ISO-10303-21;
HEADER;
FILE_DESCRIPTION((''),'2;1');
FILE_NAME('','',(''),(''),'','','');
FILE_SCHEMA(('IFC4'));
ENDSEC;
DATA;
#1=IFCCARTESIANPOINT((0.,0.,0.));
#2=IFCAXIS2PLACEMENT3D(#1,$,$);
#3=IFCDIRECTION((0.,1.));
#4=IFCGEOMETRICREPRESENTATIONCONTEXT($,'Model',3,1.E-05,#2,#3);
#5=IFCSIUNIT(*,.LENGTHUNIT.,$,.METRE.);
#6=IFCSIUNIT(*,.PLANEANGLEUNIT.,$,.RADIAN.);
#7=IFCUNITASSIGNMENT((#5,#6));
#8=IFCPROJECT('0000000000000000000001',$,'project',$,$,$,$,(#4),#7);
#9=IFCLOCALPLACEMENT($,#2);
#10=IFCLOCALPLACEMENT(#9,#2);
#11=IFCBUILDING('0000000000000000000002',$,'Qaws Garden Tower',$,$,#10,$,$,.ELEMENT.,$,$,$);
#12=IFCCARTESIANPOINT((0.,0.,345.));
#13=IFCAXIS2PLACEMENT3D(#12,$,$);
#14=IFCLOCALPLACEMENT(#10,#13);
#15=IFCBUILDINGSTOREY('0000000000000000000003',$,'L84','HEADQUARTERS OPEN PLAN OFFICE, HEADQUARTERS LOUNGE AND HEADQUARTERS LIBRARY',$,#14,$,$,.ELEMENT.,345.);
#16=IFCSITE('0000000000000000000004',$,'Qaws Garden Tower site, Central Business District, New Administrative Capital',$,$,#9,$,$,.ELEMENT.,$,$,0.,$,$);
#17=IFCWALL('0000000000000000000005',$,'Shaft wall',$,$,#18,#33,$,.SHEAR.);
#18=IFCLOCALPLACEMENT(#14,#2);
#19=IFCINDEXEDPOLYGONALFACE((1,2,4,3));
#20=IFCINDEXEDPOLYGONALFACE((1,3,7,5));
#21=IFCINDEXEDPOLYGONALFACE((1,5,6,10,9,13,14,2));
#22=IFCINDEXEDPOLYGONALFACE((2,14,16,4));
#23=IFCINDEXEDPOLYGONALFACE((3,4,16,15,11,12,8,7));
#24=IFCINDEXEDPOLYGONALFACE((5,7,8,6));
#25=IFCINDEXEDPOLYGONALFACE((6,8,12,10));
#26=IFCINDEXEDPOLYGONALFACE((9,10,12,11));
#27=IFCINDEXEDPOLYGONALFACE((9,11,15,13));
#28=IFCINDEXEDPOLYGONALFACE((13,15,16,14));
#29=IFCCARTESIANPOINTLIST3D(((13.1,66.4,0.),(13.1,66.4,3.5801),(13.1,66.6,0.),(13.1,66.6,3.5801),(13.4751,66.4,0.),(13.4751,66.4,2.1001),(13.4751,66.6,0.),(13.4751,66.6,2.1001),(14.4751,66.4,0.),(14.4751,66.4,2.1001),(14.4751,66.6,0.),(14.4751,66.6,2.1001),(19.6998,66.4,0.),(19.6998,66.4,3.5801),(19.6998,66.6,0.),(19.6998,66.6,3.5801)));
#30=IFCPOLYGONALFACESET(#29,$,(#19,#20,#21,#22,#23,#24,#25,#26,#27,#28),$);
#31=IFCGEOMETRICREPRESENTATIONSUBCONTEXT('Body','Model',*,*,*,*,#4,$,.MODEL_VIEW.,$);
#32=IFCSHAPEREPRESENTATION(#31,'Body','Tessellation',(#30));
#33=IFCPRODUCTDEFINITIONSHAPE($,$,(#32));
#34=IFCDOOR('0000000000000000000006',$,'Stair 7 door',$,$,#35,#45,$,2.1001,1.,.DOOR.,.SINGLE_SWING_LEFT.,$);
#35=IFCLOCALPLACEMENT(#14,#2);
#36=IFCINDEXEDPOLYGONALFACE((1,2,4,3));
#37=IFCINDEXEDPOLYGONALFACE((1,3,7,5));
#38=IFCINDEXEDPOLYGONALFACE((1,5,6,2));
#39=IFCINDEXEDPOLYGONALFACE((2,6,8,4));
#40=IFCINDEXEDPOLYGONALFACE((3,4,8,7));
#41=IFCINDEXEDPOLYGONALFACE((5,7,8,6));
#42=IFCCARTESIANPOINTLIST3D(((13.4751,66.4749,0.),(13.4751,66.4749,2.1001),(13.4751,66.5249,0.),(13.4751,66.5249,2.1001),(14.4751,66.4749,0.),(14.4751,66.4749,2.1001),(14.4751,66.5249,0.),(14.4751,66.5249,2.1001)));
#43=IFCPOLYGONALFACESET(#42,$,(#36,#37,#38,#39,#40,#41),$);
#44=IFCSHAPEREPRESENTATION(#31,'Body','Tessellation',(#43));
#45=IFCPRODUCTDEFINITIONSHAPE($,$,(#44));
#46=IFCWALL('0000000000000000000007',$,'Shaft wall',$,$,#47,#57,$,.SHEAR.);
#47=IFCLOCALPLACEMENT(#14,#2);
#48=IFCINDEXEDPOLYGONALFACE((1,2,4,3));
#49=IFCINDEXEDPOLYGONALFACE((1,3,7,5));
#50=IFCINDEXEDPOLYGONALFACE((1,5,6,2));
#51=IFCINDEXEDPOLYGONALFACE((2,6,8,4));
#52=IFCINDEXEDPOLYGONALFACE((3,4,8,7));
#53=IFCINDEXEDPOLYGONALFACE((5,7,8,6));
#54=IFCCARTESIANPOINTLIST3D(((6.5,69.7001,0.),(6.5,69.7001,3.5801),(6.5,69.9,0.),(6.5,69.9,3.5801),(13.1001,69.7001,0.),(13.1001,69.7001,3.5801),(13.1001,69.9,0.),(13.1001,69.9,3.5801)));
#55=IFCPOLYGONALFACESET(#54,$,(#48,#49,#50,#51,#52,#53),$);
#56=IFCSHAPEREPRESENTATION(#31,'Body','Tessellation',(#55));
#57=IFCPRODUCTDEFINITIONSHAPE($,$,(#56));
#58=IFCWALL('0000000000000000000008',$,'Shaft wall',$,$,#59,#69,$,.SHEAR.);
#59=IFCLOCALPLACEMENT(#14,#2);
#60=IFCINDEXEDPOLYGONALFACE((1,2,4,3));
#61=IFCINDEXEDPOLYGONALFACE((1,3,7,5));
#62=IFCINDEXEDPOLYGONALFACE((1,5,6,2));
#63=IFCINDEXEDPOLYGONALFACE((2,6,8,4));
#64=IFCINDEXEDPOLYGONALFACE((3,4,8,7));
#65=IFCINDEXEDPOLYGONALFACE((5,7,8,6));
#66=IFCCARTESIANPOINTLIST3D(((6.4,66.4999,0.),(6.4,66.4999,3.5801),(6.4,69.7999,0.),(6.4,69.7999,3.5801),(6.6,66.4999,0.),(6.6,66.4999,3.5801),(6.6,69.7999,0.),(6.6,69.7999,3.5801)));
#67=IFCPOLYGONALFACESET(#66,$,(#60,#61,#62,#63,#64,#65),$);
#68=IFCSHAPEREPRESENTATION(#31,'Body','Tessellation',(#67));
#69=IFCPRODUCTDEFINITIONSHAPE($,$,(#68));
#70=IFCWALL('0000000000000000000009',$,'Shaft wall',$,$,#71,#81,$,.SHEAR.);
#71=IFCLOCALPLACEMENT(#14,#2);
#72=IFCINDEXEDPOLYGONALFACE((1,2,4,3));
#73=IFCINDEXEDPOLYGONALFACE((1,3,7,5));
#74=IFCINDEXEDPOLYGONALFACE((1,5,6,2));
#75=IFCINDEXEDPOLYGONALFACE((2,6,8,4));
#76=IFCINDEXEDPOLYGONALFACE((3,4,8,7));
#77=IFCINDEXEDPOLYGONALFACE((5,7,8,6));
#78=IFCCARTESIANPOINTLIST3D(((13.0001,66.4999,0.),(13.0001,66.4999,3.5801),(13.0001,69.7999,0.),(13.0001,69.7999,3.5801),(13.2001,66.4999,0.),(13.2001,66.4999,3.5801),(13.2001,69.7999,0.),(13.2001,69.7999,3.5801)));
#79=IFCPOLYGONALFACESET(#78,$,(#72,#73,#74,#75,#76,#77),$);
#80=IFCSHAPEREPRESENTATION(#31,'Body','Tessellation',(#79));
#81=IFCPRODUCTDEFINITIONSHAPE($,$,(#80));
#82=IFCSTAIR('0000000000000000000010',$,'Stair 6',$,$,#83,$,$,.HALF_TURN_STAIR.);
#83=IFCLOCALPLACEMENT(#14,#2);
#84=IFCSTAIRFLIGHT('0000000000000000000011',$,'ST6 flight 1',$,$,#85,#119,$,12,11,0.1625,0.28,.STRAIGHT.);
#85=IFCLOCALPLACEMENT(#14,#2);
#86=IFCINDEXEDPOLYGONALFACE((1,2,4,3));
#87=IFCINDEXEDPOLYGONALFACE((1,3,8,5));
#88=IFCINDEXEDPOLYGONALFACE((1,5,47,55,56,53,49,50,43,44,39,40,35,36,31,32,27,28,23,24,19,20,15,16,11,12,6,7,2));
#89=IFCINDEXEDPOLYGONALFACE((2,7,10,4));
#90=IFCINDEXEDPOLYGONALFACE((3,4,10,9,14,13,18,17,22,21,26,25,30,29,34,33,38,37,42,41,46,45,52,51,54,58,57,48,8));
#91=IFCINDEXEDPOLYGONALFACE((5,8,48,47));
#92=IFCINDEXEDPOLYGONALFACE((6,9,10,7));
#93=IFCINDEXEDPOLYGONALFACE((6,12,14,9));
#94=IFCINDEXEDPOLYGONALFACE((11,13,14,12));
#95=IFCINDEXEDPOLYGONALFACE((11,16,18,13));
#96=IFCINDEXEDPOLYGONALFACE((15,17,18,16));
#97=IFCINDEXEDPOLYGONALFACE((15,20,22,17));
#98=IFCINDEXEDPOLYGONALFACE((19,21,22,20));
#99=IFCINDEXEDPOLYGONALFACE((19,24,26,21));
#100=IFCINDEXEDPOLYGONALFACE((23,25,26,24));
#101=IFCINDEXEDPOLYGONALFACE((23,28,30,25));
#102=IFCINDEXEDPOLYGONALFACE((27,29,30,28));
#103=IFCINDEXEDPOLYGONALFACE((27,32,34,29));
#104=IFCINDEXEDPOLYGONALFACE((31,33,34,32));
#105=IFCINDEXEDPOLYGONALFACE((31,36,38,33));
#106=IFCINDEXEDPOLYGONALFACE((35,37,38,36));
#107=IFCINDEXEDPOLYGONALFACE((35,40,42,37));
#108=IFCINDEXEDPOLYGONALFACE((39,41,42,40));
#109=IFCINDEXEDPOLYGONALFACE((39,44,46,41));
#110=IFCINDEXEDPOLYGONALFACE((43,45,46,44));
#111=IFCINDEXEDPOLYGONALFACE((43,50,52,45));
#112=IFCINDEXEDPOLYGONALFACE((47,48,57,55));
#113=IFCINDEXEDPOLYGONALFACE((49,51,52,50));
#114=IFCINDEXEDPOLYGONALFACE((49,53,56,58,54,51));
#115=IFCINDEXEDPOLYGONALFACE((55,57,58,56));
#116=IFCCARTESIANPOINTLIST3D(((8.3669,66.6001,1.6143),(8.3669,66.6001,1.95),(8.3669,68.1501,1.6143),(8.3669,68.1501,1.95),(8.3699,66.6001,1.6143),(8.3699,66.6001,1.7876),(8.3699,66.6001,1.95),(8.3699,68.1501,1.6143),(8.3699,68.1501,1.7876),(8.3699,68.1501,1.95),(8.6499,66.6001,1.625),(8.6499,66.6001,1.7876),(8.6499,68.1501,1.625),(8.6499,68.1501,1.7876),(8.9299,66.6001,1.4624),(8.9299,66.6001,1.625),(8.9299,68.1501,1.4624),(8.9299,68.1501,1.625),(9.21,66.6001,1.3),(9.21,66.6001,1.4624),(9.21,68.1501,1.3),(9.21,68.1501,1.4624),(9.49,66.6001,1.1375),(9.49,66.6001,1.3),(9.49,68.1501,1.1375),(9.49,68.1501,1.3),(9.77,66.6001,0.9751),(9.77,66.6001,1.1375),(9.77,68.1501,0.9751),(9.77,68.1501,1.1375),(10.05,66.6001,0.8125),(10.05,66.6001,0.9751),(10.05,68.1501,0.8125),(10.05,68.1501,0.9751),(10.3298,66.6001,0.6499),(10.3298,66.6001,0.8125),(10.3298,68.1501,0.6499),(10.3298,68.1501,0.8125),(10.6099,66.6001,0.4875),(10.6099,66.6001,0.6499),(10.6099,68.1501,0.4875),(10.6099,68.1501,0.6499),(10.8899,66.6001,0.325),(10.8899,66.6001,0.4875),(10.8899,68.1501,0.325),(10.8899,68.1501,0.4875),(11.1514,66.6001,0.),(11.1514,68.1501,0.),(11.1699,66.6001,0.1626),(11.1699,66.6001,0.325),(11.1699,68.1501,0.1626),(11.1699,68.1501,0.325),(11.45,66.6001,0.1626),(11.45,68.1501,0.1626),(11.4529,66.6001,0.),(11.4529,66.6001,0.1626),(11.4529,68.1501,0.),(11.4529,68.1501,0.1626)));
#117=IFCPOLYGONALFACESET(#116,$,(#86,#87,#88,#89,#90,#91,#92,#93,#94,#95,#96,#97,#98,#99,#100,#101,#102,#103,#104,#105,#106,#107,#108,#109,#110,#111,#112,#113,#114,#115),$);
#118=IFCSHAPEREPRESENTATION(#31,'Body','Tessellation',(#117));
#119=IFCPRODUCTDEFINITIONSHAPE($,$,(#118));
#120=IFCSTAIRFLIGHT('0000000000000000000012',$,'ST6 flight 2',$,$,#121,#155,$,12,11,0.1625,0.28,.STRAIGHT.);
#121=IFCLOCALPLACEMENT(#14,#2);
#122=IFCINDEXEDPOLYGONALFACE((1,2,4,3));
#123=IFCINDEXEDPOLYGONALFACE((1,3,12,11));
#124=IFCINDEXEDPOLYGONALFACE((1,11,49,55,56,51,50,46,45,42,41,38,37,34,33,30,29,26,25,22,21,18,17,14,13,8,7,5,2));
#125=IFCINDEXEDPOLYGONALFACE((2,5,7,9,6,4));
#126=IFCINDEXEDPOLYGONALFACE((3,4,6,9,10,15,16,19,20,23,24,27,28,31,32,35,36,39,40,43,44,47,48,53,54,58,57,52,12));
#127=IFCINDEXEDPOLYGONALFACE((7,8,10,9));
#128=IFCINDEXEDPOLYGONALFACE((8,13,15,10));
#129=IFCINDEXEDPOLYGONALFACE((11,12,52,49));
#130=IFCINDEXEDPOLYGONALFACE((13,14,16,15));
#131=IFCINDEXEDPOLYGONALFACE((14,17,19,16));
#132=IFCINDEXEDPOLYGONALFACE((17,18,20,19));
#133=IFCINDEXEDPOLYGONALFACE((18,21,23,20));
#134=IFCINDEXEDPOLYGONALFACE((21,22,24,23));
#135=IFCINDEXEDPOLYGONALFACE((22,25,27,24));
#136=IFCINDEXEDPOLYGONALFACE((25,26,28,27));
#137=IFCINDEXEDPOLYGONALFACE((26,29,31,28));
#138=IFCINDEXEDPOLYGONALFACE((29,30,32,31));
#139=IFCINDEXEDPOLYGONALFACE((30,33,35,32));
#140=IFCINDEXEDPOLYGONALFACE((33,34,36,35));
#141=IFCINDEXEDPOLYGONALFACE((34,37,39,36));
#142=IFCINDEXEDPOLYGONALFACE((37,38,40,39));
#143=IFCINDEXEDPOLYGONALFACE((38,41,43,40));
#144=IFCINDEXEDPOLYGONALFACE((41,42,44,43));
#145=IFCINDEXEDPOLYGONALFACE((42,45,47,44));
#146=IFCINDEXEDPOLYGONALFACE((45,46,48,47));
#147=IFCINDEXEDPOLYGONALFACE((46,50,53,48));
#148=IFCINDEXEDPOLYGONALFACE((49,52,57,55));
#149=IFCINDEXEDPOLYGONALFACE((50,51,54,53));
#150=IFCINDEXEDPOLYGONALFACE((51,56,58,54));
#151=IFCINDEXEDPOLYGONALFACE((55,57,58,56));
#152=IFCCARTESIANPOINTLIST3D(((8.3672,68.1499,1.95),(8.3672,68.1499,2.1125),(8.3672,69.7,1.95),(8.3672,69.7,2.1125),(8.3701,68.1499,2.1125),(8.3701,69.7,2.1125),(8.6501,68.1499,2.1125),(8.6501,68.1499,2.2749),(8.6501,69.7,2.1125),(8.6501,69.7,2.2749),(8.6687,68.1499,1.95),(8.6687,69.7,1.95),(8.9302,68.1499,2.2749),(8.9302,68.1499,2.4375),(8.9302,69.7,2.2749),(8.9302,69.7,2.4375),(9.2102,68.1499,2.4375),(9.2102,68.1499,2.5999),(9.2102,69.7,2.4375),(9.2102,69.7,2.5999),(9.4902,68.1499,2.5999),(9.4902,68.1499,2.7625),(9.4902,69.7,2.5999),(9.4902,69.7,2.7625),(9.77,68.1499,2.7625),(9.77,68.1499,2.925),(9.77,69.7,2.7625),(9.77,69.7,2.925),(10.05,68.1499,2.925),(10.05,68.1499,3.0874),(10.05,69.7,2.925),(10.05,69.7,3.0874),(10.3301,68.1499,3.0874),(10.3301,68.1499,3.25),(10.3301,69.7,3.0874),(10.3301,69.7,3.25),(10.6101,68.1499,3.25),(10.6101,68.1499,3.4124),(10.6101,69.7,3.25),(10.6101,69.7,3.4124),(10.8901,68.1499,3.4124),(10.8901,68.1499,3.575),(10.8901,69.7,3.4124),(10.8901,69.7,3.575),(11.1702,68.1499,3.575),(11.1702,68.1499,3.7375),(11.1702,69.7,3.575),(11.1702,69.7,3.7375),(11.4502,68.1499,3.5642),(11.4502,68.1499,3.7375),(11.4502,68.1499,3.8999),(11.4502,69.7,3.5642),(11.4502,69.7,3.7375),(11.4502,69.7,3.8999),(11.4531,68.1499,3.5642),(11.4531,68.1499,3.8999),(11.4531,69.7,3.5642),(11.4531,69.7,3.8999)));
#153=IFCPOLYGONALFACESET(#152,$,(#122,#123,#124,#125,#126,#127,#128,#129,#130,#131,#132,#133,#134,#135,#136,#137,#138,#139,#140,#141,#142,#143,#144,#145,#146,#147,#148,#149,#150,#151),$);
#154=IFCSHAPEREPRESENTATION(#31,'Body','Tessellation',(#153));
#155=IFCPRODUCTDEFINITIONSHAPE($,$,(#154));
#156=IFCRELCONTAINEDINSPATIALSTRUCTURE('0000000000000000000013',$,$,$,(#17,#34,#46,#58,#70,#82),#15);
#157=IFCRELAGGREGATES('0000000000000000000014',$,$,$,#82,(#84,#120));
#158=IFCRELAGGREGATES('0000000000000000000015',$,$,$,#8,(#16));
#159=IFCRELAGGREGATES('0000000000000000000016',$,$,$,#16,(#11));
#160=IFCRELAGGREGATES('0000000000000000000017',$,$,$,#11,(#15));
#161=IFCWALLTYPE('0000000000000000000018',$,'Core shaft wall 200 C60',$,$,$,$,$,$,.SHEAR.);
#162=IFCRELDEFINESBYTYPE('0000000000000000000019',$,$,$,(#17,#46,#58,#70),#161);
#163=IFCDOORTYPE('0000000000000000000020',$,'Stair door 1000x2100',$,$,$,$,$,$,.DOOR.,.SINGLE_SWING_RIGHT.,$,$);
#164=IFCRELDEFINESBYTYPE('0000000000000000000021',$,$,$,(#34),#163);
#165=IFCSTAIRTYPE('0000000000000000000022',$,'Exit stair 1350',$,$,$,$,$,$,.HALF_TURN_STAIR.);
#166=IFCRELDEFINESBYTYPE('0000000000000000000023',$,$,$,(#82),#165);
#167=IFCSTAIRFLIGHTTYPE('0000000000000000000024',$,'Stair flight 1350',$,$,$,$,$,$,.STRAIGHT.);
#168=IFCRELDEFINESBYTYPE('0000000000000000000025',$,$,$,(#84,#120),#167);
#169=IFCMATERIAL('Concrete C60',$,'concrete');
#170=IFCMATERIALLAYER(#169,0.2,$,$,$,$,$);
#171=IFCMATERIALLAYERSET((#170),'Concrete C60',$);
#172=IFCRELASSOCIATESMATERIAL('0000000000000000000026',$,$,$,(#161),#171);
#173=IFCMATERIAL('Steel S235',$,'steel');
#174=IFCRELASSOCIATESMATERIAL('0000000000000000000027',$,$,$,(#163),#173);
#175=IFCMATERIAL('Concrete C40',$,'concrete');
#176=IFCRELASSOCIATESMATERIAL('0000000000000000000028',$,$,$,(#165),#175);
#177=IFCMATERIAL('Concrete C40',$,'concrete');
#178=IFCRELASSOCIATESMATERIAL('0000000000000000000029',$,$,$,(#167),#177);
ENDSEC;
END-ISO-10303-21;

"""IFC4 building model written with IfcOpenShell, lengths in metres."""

from ifc_helpers import new_model, si_unit, direction, frame, frame_2d, origin, place, context, subcontext, project, spatial, polyline, rectangle, outline, extrude, material, layer, layer_set, type_object, element, fill, aggregate, save


model = new_model("IFC4")

# Units and contexts
model_context = context("Model", 3, precision=1e-05, world=origin(), true_north=direction((0.0, 1.0)))
body_context = subcontext(model_context, "Body", "Model", "MODEL_VIEW")
ifc_project = project(units=[si_unit("LENGTHUNIT", "METRE"), si_unit("PLANEANGLEUNIT", "RADIAN")], contexts=[model_context])

# Site, building, storey
site_placement = place(None, origin())
site = spatial("IfcSite", under=ifc_project, at=site_placement, Name="Qaws Garden Tower site, Central Business District, New Administrative Capital", CompositionType="ELEMENT", RefElevation=0.0)
building_placement = place(site_placement, origin())
building = spatial("IfcBuilding", under=site, at=building_placement, Name="Qaws Garden Tower", CompositionType="ELEMENT")
storey_placement = place(building_placement, frame((0.0, 0.0, 345.0)))
storey = spatial("IfcBuildingStorey", under=building, at=storey_placement, Name="L84", Description="HEADQUARTERS OPEN PLAN OFFICE, HEADQUARTERS LOUNGE AND HEADQUARTERS LIBRARY", CompositionType="ELEMENT", Elevation=345.0)

# Wall, opening, door
ifc_material_1 = material(Name="Concrete C60", Category="concrete")
ifc_layer_1 = layer(ifc_material_1, 0.2)
ifc_layer_set_1 = layer_set([ifc_layer_1], Name="Concrete C60")
wall_type_1 = type_object("IfcWallType", Name="Core shaft wall 200 C60", PredefinedType="SHEAR", material=ifc_layer_set_1)
ifc_material_2 = material(Name="Steel S235", Category="steel")
door_type = type_object("IfcDoorType", Name="Stair door 1000x2100", OperationType="SINGLE_SWING_RIGHT", PredefinedType="DOOR", material=ifc_material_2)
wall_1_placement = place(storey_placement, frame((13.1001, 66.5, 0.0), z_axis=(0.0, 0.0, 1.0), x_axis=(1.0, 0.0, 0.0)))
wall_1 = element("IfcWall", 1, at=wall_1_placement, inside=storey, type_object=wall_type_1, Name="Shaft wall", PredefinedType="SHEAR", context=body_context, shape_type="SweptSolid", body=[
    extrude(rectangle(XDim=6.5999, YDim=0.2, at=frame_2d((3.2998, 0.0))), origin(), (0.0, 0.0, 1.0), 3.5801),
])
opening_1_placement = place(wall_1_placement, frame((0.375, 0.0, 0.0)))
opening_1 = element("IfcOpeningElement", 2, at=opening_1_placement, cuts=wall_1, PredefinedType="OPENING", context=body_context, shape_type="SweptSolid", body=[
    extrude(rectangle(XDim=1.0, YDim=2.1001, at=frame_2d((0.5, 1.05))), frame((0.0, 0.1099, 0.0), z_axis=(0.0, -1.0, 0.0), x_axis=(1.0, 0.0, 0.0)), (0.0, 0.0, 1.0), 0.22),
])
door_1_placement = place(opening_1_placement, origin())
door_1 = element("IfcDoor", 3, at=door_1_placement, inside=storey, type_object=door_type, Name="Stair 7 door", OperationType="SINGLE_SWING_LEFT", OverallHeight=2.1001, OverallWidth=1.0, PredefinedType="DOOR", context=body_context, shape_type="SweptSolid", body=[
    extrude(rectangle(XDim=1.0, YDim=2.1001, at=frame_2d((0.5, 1.05))), frame((0.0, 0.0249, 0.0), z_axis=(0.0, -1.0, 0.0), x_axis=(1.0, 0.0, 0.0)), (0.0, 0.0, 1.0), 0.05),
])
fill(opening_1, door_1)

# Walls
wall_2_placement = place(storey_placement, frame((6.5, 69.8, 0.0), z_axis=(0.0, 0.0, 1.0), x_axis=(1.0, 0.0, 0.0)))
element("IfcWall", 4, at=wall_2_placement, inside=storey, type_object=wall_type_1, Name="Shaft wall", PredefinedType="SHEAR", context=body_context, shape_type="SweptSolid", body=[
    extrude(rectangle(XDim=6.6001, YDim=0.2, at=frame_2d((3.3, 0.0))), origin(), (0.0, 0.0, 1.0), 3.5801),
])
for number, where, z_axis, x_axis, name in (
    (5, (6.5, 66.5, 0.0), (0.0, 0.0, 1.0), (0.0, 1.0, 0.0), "Shaft wall"),
    (6, (13.1001, 66.5, 0.0), (0.0, 0.0, 1.0), (0.0, 1.0, 0.0), "Shaft wall"),
):
    element("IfcWall", number, at=place(storey_placement, frame(where, z_axis=z_axis, x_axis=x_axis)), inside=storey, type_object=wall_type_1, Name=name, PredefinedType="SHEAR", context=body_context, shape_type="SweptSolid", body=[
        extrude(rectangle(XDim=3.3, YDim=0.2, at=frame_2d((1.6499, 0.0))), origin(), (0.0, 0.0, 1.0), 3.5801),
    ])

# Stair, stair flights
ifc_material_3 = material(Name="Concrete C40", Category="concrete")
stair_type = type_object("IfcStairType", Name="Exit stair 1350", PredefinedType="HALF_TURN_STAIR", material=ifc_material_3)
stair_placement = place(storey_placement, origin())
stair = element("IfcStair", 7, at=stair_placement, inside=storey, type_object=stair_type, Name="Stair 6", PredefinedType="HALF_TURN_STAIR")
ifc_material_4 = material(Name="Concrete C40", Category="concrete")
stair_flight_type = type_object("IfcStairFlightType", Name="Stair flight 1350", PredefinedType="STRAIGHT", material=ifc_material_4)
stair_flight_1_placement = place(storey_placement, frame((11.45, 67.375, 0.0), z_axis=(0.0, 0.0, 1.0), x_axis=(-1.0, 0.0, 0.0)))
stair_flight_1 = element("IfcStairFlight", 8, at=stair_flight_1_placement, type_object=stair_flight_type, Name="ST6 flight 1", NumberOfRisers=12, NumberOfTreads=11, PredefinedType="STRAIGHT", RiserHeight=0.1625, TreadLength=0.28, context=body_context, shape_type="SweptSolid", body=[
    extrude(outline(polyline([(-0.0029, 0.0), (-0.0029, 0.1626), (0.0, 0.1626), (0.28, 0.1626), (0.28, 0.325), (0.5601, 0.325), (0.5601, 0.4875), (0.8401, 0.4875), (0.8401, 0.6499), (1.1201, 0.6499), (1.1201, 0.8125), (1.3999, 0.8125), (1.3999, 0.9751), (1.6799, 0.9751), (1.6799, 1.1375), (1.96, 1.1375), (1.96, 1.3), (2.24, 1.3), (2.24, 1.4624), (2.52, 1.4624), (2.52, 1.625), (2.8, 1.625), (2.8, 1.7876), (3.0801, 1.7876), (3.0801, 1.95), (3.083, 1.95), (3.083, 1.6143), (3.0801, 1.6143), (0.2986, 0.0), (-0.0029, 0.0)])), frame((0.0, 0.7749, 0.0), z_axis=(0.0, -1.0, 0.0), x_axis=(1.0, 0.0, 0.0)), (0.0, 0.0, 1.0), 1.55),
])
stair_flight_2_placement = place(storey_placement, frame((8.3701, 68.925, 1.95), z_axis=(0.0, 0.0, 1.0), x_axis=(1.0, 0.0, 0.0)))
stair_flight_2 = element("IfcStairFlight", 9, at=stair_flight_2_placement, type_object=stair_flight_type, Name="ST6 flight 2", NumberOfRisers=12, NumberOfTreads=11, PredefinedType="STRAIGHT", RiserHeight=0.1625, TreadLength=0.28, context=body_context, shape_type="SweptSolid", body=[
    extrude(outline(polyline([(-0.0029, 0.0), (-0.0029, 0.1626), (0.0, 0.1626), (0.28, 0.1626), (0.28, 0.325), (0.5601, 0.325), (0.5601, 0.4875), (0.8401, 0.4875), (0.8401, 0.6499), (1.1201, 0.6499), (1.1201, 0.8125), (1.3999, 0.8125), (1.3999, 0.9751), (1.6799, 0.9751), (1.6799, 1.1375), (1.96, 1.1375), (1.96, 1.3), (2.24, 1.3), (2.24, 1.4624), (2.52, 1.4624), (2.52, 1.625), (2.8, 1.625), (2.8, 1.7876), (3.0801, 1.7876), (3.0801, 1.95), (3.083, 1.95), (3.083, 1.6143), (3.0801, 1.6143), (0.2986, 0.0), (-0.0029, 0.0)])), frame((0.0, 0.7749, 0.0), z_axis=(0.0, -1.0, 0.0), x_axis=(1.0, 0.0, 0.0)), (0.0, 0.0, 1.0), 1.55),
])
aggregate(stair, [stair_flight_1, stair_flight_2])

save(model, "model.ifc")
